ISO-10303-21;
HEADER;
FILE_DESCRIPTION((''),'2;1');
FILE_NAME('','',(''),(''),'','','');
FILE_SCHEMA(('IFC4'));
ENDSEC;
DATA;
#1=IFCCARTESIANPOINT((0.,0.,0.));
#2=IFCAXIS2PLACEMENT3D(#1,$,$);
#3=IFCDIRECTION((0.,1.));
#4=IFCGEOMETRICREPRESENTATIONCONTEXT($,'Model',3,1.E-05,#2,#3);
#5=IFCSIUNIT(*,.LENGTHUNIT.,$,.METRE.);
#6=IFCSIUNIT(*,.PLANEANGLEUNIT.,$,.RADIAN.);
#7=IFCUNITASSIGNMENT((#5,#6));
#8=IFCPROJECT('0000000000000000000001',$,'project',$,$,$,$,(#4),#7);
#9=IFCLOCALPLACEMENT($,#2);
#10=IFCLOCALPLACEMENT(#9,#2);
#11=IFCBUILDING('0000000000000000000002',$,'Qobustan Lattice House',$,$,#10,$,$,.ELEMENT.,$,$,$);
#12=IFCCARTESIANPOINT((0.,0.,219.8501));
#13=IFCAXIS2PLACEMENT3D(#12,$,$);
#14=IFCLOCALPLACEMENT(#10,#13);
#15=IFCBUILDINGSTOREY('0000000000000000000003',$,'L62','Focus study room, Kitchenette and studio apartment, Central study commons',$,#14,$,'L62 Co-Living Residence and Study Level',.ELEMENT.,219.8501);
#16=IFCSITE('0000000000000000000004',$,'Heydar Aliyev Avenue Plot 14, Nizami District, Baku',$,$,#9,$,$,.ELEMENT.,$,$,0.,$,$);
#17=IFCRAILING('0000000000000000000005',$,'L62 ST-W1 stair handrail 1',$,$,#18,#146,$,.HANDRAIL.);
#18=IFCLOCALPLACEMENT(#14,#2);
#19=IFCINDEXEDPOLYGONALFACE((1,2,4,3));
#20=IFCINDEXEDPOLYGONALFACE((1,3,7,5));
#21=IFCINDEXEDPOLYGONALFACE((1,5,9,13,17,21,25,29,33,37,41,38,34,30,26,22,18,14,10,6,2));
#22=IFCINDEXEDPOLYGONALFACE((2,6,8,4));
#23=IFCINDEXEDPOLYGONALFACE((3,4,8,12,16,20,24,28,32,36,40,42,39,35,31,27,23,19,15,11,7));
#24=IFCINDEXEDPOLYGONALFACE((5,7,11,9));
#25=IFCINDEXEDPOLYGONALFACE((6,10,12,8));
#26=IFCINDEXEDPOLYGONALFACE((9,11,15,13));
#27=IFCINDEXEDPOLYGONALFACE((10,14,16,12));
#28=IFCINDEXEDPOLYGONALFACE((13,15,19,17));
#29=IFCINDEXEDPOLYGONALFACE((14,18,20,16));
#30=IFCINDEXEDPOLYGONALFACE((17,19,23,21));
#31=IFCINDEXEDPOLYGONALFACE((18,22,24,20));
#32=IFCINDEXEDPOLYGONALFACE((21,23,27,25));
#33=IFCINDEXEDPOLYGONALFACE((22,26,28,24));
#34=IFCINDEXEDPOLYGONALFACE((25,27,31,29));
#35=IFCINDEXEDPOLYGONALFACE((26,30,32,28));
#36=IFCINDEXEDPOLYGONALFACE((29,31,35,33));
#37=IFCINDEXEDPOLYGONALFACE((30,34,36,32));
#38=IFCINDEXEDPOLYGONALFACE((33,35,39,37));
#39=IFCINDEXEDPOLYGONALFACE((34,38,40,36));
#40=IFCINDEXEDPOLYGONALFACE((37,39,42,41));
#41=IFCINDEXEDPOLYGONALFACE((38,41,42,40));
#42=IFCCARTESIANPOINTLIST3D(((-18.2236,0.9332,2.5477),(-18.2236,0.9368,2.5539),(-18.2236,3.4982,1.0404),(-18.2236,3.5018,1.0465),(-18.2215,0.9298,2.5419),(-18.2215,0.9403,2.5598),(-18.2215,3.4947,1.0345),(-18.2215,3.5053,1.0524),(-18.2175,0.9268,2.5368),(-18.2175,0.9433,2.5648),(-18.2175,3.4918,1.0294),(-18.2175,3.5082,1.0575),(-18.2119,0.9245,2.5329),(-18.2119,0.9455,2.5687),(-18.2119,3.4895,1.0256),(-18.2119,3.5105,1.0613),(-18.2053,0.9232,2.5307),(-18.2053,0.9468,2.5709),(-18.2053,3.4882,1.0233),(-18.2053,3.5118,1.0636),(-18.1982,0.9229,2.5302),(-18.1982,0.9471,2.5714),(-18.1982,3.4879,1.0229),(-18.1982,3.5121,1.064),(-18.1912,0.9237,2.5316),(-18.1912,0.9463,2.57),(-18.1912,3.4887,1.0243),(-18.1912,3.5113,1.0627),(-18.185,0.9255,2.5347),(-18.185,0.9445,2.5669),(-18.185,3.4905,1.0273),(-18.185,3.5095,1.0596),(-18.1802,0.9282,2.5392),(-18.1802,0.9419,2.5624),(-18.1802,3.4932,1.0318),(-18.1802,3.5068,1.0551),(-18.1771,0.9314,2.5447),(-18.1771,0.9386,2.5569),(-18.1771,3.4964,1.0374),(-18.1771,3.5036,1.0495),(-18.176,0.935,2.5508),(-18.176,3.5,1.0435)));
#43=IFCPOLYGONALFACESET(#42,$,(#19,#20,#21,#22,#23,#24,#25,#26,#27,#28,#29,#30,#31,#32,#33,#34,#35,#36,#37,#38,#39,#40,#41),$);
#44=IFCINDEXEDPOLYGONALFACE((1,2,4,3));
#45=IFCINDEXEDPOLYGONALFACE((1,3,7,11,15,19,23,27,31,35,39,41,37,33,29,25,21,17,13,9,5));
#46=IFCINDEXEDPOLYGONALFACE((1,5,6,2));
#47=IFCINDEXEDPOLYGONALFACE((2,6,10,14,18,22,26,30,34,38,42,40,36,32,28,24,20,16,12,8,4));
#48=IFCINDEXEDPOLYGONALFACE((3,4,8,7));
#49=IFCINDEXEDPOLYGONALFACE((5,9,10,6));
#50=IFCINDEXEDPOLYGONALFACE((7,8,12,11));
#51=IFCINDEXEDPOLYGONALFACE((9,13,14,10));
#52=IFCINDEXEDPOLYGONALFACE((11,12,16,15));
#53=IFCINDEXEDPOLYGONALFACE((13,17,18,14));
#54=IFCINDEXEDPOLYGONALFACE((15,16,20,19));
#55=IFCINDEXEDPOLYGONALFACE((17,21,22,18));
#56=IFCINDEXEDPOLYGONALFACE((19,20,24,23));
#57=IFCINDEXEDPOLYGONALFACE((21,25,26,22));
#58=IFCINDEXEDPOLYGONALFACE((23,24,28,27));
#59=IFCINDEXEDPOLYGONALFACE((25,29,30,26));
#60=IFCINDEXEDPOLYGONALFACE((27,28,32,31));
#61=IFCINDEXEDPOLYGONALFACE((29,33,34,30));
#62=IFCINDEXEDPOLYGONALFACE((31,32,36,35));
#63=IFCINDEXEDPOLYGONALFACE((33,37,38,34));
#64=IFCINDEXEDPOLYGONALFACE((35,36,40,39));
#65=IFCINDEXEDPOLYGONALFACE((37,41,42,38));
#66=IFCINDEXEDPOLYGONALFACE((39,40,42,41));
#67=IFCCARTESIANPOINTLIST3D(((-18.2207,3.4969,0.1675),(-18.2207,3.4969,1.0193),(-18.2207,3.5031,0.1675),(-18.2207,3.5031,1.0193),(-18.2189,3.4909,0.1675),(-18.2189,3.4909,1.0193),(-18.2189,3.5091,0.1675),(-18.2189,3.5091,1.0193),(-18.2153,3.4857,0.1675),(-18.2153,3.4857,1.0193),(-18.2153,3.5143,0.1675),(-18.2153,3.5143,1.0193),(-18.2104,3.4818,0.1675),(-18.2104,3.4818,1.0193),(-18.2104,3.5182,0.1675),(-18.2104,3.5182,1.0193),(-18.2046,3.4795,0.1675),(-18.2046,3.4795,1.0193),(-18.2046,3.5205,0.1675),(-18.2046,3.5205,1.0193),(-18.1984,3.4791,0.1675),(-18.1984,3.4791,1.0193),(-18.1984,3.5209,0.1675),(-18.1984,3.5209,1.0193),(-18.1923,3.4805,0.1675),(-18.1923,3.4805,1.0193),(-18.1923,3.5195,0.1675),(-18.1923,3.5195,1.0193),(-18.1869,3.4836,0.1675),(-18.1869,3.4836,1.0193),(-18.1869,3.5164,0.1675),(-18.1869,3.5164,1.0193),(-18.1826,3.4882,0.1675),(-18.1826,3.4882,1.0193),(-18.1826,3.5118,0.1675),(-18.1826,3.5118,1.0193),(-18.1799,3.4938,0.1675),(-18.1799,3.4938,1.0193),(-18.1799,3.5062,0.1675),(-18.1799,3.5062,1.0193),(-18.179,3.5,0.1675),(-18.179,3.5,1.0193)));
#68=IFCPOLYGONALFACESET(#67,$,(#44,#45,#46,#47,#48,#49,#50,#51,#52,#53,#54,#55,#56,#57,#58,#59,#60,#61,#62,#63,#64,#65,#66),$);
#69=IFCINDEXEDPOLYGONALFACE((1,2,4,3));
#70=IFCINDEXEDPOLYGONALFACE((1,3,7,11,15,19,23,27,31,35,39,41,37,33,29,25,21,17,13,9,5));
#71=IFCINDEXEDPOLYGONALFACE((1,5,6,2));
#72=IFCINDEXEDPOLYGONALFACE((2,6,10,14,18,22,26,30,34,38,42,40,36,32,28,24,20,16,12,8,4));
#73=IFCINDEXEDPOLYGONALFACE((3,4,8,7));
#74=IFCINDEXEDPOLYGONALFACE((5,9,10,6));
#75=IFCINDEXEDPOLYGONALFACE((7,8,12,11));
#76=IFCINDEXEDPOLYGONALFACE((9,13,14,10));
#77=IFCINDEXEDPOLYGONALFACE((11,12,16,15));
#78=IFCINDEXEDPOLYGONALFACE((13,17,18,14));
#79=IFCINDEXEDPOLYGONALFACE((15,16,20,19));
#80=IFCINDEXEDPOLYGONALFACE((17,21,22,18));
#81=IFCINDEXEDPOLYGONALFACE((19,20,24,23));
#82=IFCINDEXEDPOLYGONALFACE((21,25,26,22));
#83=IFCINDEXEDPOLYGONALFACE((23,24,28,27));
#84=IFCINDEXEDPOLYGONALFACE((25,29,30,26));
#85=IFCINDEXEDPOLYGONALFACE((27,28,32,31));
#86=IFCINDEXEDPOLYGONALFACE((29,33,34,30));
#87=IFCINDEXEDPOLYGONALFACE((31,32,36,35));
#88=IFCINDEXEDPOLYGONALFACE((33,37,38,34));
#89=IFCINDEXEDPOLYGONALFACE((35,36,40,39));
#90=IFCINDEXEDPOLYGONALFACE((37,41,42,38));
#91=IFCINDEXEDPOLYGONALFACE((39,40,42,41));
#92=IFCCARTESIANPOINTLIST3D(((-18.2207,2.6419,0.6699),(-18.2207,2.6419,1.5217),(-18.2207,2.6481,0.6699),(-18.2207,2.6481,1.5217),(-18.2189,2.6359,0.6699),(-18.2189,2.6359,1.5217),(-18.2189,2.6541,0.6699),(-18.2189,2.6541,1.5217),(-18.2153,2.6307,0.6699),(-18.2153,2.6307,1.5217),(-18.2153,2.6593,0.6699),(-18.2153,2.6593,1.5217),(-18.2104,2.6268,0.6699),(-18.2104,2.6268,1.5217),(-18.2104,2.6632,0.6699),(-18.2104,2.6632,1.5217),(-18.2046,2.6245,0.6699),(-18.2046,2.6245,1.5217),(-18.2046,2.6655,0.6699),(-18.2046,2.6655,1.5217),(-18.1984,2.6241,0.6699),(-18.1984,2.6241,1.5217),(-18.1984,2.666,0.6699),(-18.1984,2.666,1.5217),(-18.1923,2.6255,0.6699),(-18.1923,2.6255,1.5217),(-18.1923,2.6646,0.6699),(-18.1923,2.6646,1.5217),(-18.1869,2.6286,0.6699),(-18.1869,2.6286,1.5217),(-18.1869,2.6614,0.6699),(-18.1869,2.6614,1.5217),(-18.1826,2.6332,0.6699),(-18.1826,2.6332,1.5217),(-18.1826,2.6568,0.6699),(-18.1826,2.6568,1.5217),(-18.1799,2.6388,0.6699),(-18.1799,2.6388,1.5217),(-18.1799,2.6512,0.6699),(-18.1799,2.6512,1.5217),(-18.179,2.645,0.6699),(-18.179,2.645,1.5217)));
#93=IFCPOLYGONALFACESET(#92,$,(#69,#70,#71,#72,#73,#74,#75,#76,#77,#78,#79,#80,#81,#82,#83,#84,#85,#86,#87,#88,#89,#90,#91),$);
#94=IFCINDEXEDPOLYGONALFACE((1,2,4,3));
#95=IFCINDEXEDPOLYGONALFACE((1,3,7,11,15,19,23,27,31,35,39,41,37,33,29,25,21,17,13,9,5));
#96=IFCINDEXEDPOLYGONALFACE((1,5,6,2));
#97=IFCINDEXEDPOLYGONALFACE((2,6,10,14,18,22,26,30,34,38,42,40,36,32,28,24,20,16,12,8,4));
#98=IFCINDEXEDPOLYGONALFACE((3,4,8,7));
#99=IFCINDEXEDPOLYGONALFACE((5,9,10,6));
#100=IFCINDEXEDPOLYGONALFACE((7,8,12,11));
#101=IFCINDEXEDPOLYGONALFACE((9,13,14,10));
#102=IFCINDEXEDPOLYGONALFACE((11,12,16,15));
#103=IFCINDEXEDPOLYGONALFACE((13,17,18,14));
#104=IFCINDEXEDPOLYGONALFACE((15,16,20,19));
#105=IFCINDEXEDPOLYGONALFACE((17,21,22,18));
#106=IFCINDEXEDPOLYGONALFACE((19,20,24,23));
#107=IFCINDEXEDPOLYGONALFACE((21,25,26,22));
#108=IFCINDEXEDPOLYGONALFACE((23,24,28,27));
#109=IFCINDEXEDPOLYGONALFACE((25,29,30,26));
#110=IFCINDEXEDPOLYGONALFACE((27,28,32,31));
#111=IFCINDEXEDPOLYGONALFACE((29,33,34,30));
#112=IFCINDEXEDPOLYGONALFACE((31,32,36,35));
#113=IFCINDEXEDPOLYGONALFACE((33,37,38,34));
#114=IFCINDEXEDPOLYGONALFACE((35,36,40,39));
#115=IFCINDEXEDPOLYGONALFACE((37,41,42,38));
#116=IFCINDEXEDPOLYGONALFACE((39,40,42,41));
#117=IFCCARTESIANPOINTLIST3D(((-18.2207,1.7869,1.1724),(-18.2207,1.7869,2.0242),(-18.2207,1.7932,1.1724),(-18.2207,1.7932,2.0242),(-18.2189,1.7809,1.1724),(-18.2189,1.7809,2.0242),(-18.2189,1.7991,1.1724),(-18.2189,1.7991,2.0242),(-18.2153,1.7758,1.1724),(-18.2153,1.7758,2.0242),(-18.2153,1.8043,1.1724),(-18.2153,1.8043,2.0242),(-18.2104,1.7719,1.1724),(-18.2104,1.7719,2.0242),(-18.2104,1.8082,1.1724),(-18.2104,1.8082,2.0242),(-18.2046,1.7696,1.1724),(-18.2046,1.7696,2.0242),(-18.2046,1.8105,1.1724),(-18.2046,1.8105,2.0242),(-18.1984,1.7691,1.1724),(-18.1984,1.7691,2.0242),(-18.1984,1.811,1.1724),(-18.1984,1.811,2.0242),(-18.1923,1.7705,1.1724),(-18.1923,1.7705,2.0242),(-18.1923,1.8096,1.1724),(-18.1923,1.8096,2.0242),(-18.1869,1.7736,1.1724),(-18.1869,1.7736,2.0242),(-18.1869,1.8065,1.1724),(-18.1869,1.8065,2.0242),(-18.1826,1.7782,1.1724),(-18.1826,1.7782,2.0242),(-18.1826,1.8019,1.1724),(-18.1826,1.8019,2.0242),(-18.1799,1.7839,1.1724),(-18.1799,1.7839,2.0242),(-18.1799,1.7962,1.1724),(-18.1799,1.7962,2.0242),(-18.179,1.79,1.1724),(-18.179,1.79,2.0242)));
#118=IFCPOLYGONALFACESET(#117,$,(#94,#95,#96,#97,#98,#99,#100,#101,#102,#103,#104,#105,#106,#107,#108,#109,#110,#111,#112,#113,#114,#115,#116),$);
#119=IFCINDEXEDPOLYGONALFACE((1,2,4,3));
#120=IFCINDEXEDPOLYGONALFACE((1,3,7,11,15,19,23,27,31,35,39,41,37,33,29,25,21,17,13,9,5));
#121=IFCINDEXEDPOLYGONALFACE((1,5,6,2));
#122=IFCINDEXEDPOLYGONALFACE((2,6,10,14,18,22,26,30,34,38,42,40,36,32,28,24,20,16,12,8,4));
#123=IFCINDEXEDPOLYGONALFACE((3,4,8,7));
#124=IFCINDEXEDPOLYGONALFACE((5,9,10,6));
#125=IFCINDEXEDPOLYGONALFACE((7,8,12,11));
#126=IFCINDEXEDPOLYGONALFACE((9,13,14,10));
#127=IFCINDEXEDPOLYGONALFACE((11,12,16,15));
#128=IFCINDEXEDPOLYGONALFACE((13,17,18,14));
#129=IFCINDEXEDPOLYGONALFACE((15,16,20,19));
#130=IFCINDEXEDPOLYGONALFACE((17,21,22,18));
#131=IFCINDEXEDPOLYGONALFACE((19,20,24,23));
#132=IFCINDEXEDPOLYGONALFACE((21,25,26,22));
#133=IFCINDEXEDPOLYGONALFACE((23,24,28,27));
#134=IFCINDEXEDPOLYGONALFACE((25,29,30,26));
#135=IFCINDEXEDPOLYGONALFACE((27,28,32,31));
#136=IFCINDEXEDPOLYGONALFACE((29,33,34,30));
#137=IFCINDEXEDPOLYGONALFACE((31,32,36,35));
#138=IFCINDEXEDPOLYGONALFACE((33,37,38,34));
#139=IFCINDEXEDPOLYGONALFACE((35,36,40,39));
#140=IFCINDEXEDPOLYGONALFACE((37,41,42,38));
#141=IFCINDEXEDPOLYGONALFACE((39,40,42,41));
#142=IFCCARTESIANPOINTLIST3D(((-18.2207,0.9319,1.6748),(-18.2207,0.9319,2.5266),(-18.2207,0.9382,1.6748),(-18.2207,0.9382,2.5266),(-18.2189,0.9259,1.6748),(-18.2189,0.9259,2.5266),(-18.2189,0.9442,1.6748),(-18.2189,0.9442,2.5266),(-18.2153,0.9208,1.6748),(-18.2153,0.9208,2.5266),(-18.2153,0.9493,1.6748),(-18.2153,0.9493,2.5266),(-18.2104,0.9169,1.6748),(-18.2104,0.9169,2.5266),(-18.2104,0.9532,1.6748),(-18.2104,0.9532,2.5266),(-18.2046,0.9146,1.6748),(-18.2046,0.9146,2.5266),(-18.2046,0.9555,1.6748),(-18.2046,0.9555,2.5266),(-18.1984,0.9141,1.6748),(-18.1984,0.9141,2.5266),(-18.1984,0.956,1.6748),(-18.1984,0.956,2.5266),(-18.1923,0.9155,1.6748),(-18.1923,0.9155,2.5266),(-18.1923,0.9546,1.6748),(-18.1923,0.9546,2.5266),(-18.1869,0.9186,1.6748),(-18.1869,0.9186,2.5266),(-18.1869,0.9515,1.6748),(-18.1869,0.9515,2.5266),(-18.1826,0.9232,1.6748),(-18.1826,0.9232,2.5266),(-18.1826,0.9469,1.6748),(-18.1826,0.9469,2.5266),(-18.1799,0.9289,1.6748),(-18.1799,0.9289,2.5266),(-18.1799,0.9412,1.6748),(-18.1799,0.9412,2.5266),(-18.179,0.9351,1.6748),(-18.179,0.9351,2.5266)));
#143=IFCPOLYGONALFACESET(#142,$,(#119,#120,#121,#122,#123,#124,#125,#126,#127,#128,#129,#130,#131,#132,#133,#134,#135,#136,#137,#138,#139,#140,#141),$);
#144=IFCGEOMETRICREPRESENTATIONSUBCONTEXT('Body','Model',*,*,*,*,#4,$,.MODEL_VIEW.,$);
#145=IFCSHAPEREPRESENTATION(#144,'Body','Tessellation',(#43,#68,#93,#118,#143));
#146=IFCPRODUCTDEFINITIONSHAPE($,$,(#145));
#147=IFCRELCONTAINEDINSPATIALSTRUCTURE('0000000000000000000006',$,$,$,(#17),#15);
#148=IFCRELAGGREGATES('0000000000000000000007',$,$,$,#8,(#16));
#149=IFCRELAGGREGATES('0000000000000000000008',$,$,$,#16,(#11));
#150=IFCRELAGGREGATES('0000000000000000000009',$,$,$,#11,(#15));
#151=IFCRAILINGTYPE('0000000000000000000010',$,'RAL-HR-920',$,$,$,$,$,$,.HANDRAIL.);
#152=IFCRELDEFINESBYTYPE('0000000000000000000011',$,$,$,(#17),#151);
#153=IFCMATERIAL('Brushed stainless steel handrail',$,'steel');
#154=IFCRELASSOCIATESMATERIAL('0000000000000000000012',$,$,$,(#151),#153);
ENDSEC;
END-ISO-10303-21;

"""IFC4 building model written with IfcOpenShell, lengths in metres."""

from ifc_helpers import new_model, si_unit, direction, frame, origin, origin_2d, place, context, subcontext, project, spatial, circle, extrude, material, type_object, element, save


model = new_model("IFC4")

# Units and contexts
model_context = context("Model", 3, precision=1e-05, world=origin(), true_north=direction((0.0, 1.0)))
body_context = subcontext(model_context, "Body", "Model", "MODEL_VIEW")
ifc_project = project(units=[si_unit("LENGTHUNIT", "METRE"), si_unit("PLANEANGLEUNIT", "RADIAN")], contexts=[model_context])

# Site, building, storey
site_placement = place(None, origin())
site = spatial("IfcSite", under=ifc_project, at=site_placement, Name="Heydar Aliyev Avenue Plot 14, Nizami District, Baku", CompositionType="ELEMENT", RefElevation=0.0)
building_placement = place(site_placement, origin())
building = spatial("IfcBuilding", under=site, at=building_placement, Name="Qobustan Lattice House", CompositionType="ELEMENT")
storey_placement = place(building_placement, frame((0.0, 0.0, 219.8501)))
storey = spatial("IfcBuildingStorey", under=building, at=storey_placement, Name="L62", Description="Focus study room, Kitchenette and studio apartment, Central study commons", LongName="L62 Co-Living Residence and Study Level", CompositionType="ELEMENT", Elevation=219.8501)

# Railing
ifc_material_1 = material(Name="Brushed stainless steel handrail", Category="steel")
railing_type_1 = type_object("IfcRailingType", Name="RAL-HR-920", PredefinedType="HANDRAIL", material=ifc_material_1)
railing_1_placement = place(storey_placement, frame((-18.2, 3.5, 0.1675)))
element("IfcRailing", 1, at=railing_1_placement, inside=storey, type_object=railing_type_1, Name="L62 ST-W1 stair handrail 1", PredefinedType="HANDRAIL", context=body_context, shape_type="SweptSolid", body=[
    extrude(circle(Radius=0.0239, at=origin_2d()), frame((0.0, 0.0, 0.876), z_axis=(0.0, -0.862149, 0.506654), x_axis=(1.0, 0.0, 0.0)), (0.0, 0.0, 1.0), 2.9751),
    extrude(circle(Radius=0.021, at=origin_2d()), origin(), (0.0, 0.0, 1.0), 0.8518),
    extrude(circle(Radius=0.021, at=origin_2d()), frame((0.0, -0.855, 0.5024)), (0.0, 0.0, 1.0), 0.8518),
    extrude(circle(Radius=0.021, at=origin_2d()), frame((0.0, -1.71, 1.0049)), (0.0, 0.0, 1.0), 0.8518),
    extrude(circle(Radius=0.021, at=origin_2d()), frame((0.0, -2.5649, 1.5073)), (0.0, 0.0, 1.0), 0.8518),
])

save(model, "model.ifc")
